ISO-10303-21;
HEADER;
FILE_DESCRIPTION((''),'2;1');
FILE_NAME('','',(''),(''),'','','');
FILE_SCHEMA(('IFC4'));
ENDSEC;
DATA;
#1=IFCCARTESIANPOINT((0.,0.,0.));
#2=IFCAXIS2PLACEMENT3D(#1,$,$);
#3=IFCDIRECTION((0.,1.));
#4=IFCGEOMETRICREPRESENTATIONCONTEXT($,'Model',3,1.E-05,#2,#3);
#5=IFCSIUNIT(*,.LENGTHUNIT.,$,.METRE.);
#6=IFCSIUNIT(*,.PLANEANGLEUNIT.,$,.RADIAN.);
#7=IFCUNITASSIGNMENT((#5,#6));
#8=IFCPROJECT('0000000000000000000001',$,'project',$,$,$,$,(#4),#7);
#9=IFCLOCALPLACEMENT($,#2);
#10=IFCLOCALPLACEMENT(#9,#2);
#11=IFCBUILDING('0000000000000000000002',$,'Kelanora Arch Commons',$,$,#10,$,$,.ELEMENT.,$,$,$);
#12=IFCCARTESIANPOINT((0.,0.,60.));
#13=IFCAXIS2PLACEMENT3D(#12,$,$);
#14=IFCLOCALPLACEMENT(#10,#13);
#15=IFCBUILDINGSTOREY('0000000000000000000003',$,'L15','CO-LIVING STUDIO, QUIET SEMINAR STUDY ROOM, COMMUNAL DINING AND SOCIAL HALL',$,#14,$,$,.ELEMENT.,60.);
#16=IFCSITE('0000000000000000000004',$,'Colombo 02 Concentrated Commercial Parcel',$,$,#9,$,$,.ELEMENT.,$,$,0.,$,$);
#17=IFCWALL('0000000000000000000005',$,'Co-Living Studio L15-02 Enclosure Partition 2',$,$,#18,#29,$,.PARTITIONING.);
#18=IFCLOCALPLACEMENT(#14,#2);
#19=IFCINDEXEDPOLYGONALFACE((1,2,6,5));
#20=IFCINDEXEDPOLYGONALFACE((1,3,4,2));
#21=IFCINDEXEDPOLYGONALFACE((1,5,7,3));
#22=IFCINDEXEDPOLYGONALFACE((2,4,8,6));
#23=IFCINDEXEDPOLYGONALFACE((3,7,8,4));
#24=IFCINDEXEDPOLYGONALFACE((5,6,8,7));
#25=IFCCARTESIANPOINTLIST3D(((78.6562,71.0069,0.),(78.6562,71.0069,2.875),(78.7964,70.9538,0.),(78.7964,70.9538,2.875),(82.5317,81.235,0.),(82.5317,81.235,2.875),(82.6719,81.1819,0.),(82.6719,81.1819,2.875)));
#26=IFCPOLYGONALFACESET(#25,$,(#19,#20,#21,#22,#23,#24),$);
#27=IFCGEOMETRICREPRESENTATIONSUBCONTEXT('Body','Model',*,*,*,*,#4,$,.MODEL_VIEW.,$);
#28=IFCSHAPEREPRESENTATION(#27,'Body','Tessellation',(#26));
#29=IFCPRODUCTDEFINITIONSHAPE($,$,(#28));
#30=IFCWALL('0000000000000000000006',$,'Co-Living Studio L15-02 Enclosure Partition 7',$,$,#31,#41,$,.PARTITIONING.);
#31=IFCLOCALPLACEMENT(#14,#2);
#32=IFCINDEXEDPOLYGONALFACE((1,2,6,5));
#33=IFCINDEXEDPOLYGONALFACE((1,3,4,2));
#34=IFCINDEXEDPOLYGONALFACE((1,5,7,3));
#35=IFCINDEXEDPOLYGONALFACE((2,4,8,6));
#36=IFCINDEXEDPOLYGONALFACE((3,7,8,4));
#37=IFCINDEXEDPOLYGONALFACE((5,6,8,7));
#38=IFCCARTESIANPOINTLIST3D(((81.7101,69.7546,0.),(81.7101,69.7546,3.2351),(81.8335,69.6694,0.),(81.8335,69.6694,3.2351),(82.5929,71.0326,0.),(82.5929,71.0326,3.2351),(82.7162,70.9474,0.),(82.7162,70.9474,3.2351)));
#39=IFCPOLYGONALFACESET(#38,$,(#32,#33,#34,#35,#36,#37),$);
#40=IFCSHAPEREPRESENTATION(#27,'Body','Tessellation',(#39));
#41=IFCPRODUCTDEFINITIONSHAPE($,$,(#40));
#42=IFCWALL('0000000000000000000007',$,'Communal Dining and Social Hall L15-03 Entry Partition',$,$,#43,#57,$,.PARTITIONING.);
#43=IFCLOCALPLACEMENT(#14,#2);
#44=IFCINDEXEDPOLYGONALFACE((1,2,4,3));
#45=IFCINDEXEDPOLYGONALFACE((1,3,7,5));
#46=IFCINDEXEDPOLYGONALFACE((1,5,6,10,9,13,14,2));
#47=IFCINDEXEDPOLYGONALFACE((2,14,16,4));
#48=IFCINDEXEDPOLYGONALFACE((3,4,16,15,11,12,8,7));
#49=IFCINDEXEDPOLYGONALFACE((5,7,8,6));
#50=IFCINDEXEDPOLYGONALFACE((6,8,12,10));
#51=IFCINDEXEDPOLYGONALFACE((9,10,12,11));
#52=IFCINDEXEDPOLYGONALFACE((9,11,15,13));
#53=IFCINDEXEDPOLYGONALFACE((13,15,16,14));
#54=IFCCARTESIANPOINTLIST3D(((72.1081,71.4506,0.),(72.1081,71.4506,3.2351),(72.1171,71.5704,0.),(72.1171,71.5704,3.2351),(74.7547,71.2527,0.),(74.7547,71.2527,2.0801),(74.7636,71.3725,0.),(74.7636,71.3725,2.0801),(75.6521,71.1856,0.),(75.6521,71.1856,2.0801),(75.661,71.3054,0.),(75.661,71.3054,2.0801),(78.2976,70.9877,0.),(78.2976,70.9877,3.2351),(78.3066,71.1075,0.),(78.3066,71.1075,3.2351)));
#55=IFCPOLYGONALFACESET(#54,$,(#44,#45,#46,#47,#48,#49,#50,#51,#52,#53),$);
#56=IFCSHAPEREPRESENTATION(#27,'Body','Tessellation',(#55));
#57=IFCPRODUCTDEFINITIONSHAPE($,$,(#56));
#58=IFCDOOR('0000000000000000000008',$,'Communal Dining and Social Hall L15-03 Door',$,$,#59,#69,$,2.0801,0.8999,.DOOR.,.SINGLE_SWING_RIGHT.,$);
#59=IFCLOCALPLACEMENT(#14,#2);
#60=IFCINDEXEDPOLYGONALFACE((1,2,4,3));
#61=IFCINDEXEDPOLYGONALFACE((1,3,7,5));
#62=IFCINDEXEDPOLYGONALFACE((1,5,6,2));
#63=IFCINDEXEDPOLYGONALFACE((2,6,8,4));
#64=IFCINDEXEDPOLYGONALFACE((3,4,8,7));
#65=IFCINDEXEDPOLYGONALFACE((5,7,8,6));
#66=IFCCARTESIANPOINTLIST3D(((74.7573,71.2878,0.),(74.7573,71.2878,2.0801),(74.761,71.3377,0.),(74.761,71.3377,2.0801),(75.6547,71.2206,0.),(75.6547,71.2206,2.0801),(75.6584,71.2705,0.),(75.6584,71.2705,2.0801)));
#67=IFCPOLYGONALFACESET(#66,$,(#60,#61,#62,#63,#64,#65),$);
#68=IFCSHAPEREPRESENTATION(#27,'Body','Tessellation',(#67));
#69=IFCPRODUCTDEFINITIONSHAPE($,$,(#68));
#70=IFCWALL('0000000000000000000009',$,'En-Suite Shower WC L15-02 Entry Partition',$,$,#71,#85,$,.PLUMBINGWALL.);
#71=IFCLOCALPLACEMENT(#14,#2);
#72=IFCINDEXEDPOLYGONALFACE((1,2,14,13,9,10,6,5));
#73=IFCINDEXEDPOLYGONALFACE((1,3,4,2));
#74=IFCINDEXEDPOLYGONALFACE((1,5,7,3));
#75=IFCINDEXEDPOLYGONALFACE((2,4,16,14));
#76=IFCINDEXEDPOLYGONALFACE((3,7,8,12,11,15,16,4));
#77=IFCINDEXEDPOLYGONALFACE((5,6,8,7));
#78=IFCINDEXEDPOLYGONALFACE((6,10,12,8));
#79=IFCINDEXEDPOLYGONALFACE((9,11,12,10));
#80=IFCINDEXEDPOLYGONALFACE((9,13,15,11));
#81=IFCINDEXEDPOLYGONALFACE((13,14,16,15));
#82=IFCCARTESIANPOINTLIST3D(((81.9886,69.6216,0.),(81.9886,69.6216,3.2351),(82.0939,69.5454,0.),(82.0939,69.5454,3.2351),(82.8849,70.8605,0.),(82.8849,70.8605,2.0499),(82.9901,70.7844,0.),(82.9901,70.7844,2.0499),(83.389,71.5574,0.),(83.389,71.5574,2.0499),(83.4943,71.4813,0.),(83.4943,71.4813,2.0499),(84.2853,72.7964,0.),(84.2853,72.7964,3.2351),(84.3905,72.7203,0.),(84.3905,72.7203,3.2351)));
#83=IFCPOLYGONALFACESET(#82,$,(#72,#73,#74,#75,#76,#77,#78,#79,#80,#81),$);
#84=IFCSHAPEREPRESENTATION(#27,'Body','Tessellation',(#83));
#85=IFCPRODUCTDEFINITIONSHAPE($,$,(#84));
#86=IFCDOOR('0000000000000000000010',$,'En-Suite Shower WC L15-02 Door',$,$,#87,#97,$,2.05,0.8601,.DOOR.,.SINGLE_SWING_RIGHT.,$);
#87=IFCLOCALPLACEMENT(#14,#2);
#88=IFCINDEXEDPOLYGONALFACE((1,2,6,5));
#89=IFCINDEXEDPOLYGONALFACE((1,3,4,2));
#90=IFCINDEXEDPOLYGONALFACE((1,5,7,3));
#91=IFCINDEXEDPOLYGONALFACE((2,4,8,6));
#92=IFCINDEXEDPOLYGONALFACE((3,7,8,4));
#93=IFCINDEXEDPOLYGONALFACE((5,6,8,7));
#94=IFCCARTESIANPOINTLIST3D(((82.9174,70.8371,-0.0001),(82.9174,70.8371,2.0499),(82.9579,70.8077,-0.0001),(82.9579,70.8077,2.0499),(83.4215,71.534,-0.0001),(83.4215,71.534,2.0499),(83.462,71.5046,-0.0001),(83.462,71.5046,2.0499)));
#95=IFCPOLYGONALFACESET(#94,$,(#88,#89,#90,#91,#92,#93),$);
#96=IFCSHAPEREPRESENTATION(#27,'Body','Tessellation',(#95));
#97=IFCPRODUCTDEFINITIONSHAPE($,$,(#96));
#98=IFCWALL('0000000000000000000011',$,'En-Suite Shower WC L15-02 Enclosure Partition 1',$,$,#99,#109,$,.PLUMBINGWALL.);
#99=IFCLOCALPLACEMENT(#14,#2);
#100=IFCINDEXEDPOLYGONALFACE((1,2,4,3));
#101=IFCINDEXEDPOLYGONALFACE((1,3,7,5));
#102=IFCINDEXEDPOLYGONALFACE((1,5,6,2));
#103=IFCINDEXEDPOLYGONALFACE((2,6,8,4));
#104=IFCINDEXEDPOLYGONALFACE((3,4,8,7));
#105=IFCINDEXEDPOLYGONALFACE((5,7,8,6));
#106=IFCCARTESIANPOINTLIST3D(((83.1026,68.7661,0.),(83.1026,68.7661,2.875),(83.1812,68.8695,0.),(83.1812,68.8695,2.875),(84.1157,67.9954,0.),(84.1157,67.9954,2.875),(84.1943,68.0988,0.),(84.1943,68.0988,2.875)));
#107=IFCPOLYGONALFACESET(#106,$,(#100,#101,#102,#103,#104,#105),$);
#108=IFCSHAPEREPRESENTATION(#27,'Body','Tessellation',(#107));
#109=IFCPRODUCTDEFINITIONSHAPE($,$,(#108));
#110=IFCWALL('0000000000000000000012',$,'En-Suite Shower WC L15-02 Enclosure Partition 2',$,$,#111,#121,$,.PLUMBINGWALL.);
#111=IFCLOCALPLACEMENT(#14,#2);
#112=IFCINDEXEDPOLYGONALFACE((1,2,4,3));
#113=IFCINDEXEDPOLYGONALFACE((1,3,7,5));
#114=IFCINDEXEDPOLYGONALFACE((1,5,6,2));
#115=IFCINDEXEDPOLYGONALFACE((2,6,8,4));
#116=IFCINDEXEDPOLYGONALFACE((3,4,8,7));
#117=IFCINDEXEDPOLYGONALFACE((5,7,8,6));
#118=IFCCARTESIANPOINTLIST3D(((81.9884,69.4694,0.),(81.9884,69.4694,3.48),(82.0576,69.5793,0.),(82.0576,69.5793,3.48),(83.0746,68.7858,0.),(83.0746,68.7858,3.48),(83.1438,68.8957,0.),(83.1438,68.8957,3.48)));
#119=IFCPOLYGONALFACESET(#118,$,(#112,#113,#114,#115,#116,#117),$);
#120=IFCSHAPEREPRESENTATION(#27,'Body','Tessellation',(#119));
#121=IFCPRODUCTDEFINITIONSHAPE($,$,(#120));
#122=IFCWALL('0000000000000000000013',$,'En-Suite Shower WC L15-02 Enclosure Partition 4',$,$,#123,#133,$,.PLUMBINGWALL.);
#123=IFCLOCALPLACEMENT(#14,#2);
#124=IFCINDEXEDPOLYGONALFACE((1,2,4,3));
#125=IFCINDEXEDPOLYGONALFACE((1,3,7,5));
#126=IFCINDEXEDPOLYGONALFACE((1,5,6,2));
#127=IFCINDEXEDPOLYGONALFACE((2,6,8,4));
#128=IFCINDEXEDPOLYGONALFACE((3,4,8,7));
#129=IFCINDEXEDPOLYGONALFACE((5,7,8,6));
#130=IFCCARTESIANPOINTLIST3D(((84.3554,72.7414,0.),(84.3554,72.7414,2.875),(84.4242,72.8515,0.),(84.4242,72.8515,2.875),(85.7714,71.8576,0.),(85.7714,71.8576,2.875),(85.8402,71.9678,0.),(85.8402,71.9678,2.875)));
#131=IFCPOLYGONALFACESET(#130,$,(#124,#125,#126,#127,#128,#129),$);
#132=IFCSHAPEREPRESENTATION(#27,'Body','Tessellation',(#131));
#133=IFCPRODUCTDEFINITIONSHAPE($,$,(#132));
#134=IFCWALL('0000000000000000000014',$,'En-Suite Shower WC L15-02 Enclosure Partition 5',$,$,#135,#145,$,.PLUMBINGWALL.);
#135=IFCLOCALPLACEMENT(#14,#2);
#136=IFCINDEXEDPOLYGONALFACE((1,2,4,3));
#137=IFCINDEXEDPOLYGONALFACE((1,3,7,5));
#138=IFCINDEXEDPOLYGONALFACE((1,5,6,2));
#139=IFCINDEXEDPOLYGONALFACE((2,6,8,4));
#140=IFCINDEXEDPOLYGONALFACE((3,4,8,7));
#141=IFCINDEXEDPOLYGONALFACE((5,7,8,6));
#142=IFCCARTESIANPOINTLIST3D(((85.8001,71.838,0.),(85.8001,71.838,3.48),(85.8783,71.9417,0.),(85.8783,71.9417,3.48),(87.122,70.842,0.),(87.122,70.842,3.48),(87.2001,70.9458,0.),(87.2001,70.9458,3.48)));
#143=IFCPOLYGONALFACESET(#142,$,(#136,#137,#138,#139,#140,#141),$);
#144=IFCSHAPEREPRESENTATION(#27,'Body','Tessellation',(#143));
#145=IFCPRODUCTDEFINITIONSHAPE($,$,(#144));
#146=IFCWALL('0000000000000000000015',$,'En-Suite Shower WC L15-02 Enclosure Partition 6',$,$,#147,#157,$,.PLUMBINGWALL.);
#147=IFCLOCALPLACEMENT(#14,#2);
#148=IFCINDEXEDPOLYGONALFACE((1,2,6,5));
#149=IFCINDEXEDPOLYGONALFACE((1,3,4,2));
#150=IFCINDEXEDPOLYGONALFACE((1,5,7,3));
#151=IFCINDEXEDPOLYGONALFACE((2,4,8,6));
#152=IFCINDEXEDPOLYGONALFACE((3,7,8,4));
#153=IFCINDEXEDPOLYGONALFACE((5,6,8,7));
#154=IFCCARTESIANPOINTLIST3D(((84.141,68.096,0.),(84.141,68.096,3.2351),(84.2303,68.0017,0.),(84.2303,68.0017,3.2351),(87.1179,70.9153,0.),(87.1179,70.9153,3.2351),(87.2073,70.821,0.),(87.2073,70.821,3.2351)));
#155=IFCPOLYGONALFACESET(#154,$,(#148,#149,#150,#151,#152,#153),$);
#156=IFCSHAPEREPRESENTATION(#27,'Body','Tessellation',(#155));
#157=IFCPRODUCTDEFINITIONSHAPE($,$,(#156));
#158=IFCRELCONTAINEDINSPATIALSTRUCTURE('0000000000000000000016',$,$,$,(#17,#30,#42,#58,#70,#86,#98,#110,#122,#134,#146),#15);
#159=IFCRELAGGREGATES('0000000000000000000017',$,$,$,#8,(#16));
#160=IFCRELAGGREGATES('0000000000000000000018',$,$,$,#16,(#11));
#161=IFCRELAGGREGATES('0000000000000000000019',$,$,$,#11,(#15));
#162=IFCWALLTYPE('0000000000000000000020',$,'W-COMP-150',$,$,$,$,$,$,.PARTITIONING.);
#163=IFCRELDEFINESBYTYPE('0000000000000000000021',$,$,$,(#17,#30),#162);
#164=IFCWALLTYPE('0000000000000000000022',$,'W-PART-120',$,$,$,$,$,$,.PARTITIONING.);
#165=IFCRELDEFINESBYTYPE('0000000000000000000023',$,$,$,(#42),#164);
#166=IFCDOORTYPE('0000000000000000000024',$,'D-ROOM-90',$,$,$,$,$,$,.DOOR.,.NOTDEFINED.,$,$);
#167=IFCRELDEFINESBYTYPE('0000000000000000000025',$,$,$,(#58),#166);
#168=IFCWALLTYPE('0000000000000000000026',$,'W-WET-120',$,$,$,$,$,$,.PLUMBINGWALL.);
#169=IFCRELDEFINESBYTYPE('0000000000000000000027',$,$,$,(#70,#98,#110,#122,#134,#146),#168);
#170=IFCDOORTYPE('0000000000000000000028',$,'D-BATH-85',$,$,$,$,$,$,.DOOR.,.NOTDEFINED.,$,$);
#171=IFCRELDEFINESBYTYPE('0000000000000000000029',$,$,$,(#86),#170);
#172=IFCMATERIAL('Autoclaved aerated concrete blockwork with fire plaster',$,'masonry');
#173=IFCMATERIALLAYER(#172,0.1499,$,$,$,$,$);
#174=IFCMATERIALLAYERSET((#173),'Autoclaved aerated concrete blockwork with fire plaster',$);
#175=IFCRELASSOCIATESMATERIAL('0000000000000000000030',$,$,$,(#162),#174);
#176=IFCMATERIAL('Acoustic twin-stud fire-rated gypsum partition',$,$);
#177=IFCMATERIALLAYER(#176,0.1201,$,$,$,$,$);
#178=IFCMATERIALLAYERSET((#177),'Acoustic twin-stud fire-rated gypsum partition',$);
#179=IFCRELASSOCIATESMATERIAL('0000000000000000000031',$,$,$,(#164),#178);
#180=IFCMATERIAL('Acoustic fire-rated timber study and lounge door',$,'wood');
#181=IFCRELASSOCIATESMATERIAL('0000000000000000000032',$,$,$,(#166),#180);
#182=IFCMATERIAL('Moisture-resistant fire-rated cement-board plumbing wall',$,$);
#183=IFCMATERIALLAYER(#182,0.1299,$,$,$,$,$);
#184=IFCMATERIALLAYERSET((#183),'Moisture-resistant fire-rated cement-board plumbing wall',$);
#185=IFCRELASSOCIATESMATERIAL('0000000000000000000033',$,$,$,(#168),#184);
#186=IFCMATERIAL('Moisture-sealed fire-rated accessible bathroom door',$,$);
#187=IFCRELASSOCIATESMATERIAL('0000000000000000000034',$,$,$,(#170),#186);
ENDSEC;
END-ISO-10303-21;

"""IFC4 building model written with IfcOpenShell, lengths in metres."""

from ifc_helpers import new_model, si_unit, direction, frame, frame_2d, origin, place, context, subcontext, project, spatial, rectangle, extrude, material, layer, layer_set, type_object, element, fill, save


model = new_model("IFC4")

# Units and contexts
model_context = context("Model", 3, precision=1e-05, world=origin(), true_north=direction((0.0, 1.0)))
body_context = subcontext(model_context, "Body", "Model", "MODEL_VIEW")
ifc_project = project(units=[si_unit("LENGTHUNIT", "METRE"), si_unit("PLANEANGLEUNIT", "RADIAN")], contexts=[model_context])

# Site, building, storey
site_placement = place(None, origin())
site = spatial("IfcSite", under=ifc_project, at=site_placement, Name="Colombo 02 Concentrated Commercial Parcel", CompositionType="ELEMENT", RefElevation=0.0)
building_placement = place(site_placement, origin())
building = spatial("IfcBuilding", under=site, at=building_placement, Name="Kelanora Arch Commons", CompositionType="ELEMENT")
storey_placement = place(building_placement, frame((0.0, 0.0, 60.0)))
storey = spatial("IfcBuildingStorey", under=building, at=storey_placement, Name="L15", Description="CO-LIVING STUDIO, QUIET SEMINAR STUDY ROOM, COMMUNAL DINING AND SOCIAL HALL", CompositionType="ELEMENT", Elevation=60.0)

# Shared definitions
ifc_material_1 = material(Name="Autoclaved aerated concrete blockwork with fire plaster", Category="masonry")
ifc_layer_1 = layer(ifc_material_1, 0.1499)
ifc_layer_set_1 = layer_set([ifc_layer_1], Name="Autoclaved aerated concrete blockwork with fire plaster")
wall_type_1 = type_object("IfcWallType", Name="W-COMP-150", PredefinedType="PARTITIONING", material=ifc_layer_set_1)

# Walls
wall_1_placement = place(storey_placement, frame((78.7263, 70.9805, 0.0), z_axis=(0.0, 0.0, 1.0), x_axis=(0.354326, 0.935122, 0.0)))
element("IfcWall", 1, at=wall_1_placement, inside=storey, type_object=wall_type_1, Name="Co-Living Studio L15-02 Enclosure Partition 2", PredefinedType="PARTITIONING", context=body_context, shape_type="SweptSolid", body=[
    extrude(rectangle(XDim=10.9377, YDim=0.1499, at=frame_2d((5.4688, 0.0))), origin(), (0.0, 0.0, 1.0), 2.875),
])
wall_2_placement = place(storey_placement, frame((82.6545, 70.99, 0.0), z_axis=(0.0, 0.0, 1.0), x_axis=(-0.568335, -0.822797, 0.0)))
element("IfcWall", 2, at=wall_2_placement, inside=storey, type_object=wall_type_1, Name="Co-Living Studio L15-02 Enclosure Partition 7", PredefinedType="PARTITIONING", context=body_context, shape_type="SweptSolid", body=[
    extrude(rectangle(XDim=1.5532, YDim=0.1499, at=frame_2d((0.7766, 0.0))), origin(), (0.0, 0.0, 1.0), 3.2351),
])

# Walls, openings, doors
ifc_material_2 = material(Name="Acoustic twin-stud fire-rated gypsum partition")
ifc_layer_2 = layer(ifc_material_2, 0.1201)
ifc_layer_set_2 = layer_set([ifc_layer_2], Name="Acoustic twin-stud fire-rated gypsum partition")
wall_type_2 = type_object("IfcWallType", Name="W-PART-120", PredefinedType="PARTITIONING", material=ifc_layer_set_2)
wall_3_placement = place(storey_placement, frame((78.3022, 71.0476, 0.0), z_axis=(0.0, 0.0, 1.0), x_axis=(-0.997215, 0.074579, 0.0)))
wall_3 = element("IfcWall", 3, at=wall_3_placement, inside=storey, type_object=wall_type_2, Name="Communal Dining and Social Hall L15-03 Entry Partition", PredefinedType="PARTITIONING", context=body_context, shape_type="SweptSolid", body=[
    extrude(rectangle(XDim=6.2068, YDim=0.1201, at=frame_2d((3.1035, 0.0))), origin(), (0.0, 0.0, 1.0), 3.2351),
])
opening_1_placement = place(wall_3_placement, frame((2.6531, 0.0, 0.0)))
opening_1 = element("IfcOpeningElement", 4, at=opening_1_placement, cuts=wall_3, PredefinedType="OPENING", context=body_context, shape_type="SweptSolid", body=[
    extrude(rectangle(XDim=0.8999, YDim=2.0801, at=frame_2d((0.45, 1.04))), frame((0.0, 0.0701, 0.0), z_axis=(0.0, -1.0, 0.0), x_axis=(1.0, 0.0, 0.0)), (0.0, 0.0, 1.0), 0.1401),
])
ifc_material_3 = material(Name="Acoustic fire-rated timber study and lounge door", Category="wood")
door_type_1 = type_object("IfcDoorType", Name="D-ROOM-90", OperationType="NOTDEFINED", PredefinedType="DOOR", material=ifc_material_3)
door_1_placement = place(opening_1_placement, origin())
door_1 = element("IfcDoor", 5, at=door_1_placement, inside=storey, type_object=door_type_1, Name="Communal Dining and Social Hall L15-03 Door", OperationType="SINGLE_SWING_RIGHT", OverallHeight=2.0801, OverallWidth=0.8999, PredefinedType="DOOR", context=body_context, shape_type="SweptSolid", body=[
    extrude(rectangle(XDim=0.8999, YDim=2.0801, at=frame_2d((0.45, 1.04))), frame((0.0, 0.0249, 0.0), z_axis=(0.0, -1.0, 0.0), x_axis=(1.0, 0.0, 0.0)), (0.0, 0.0, 1.0), 0.05),
])
fill(opening_1, door_1)
ifc_material_4 = material(Name="Moisture-resistant fire-rated cement-board plumbing wall")
ifc_layer_3 = layer(ifc_material_4, 0.1299)
ifc_layer_set_3 = layer_set([ifc_layer_3], Name="Moisture-resistant fire-rated cement-board plumbing wall")
wall_type_3 = type_object("IfcWallType", Name="W-WET-120", PredefinedType="PLUMBINGWALL", material=ifc_layer_set_3)
wall_4_placement = place(storey_placement, frame((82.0413, 69.5835, 0.0), z_axis=(0.0, 0.0, 1.0), x_axis=(0.586114, 0.810229, 0.0)))
wall_4 = element("IfcWall", 6, at=wall_4_placement, inside=storey, type_object=wall_type_3, Name="En-Suite Shower WC L15-02 Entry Partition", PredefinedType="PLUMBINGWALL", context=body_context, shape_type="SweptSolid", body=[
    extrude(rectangle(XDim=3.9185, YDim=0.1299, at=frame_2d((1.9592, 0.0))), origin(), (0.0, 0.0, 1.0), 3.2351),
])
opening_2_placement = place(wall_4_placement, frame((1.5291, 0.0, 0.0)))
opening_2 = element("IfcOpeningElement", 7, at=opening_2_placement, cuts=wall_4, PredefinedType="OPENING", context=body_context, shape_type="SweptSolid", body=[
    extrude(rectangle(XDim=0.8601, YDim=2.05, at=frame_2d((0.4302, 1.0249))), frame((0.0, 0.075, 0.0), z_axis=(0.0, -1.0, 0.0), x_axis=(1.0, 0.0, 0.0)), (0.0, 0.0, 1.0), 0.1499),
])
ifc_material_5 = material(Name="Moisture-sealed fire-rated accessible bathroom door")
door_type_2 = type_object("IfcDoorType", Name="D-BATH-85", OperationType="NOTDEFINED", PredefinedType="DOOR", material=ifc_material_5)
door_2_placement = place(opening_2_placement, origin())
door_2 = element("IfcDoor", 8, at=door_2_placement, inside=storey, type_object=door_type_2, Name="En-Suite Shower WC L15-02 Door", OperationType="SINGLE_SWING_RIGHT", OverallHeight=2.05, OverallWidth=0.8601, PredefinedType="DOOR", context=body_context, shape_type="SweptSolid", body=[
    extrude(rectangle(XDim=0.8601, YDim=2.05, at=frame_2d((0.4302, 1.0249))), frame((0.0, 0.0249, 0.0), z_axis=(0.0, -1.0, 0.0), x_axis=(1.0, 0.0, 0.0)), (0.0, 0.0, 1.0), 0.05),
])
fill(opening_2, door_2)

# Walls
wall_5_placement = place(storey_placement, frame((84.155, 68.0471, 0.0), z_axis=(0.0, 0.0, 1.0), x_axis=(-0.795885, 0.605448, 0.0)))
element("IfcWall", 9, at=wall_5_placement, inside=storey, type_object=wall_type_3, Name="En-Suite Shower WC L15-02 Enclosure Partition 1", PredefinedType="PLUMBINGWALL", context=body_context, shape_type="SweptSolid", body=[
    extrude(rectangle(XDim=1.2729, YDim=0.1299, at=frame_2d((0.6365, 0.0))), origin(), (0.0, 0.0, 1.0), 2.875),
])
wall_6_placement = place(storey_placement, frame((83.1091, 68.8408, 0.0), z_axis=(0.0, 0.0, 1.0), x_axis=(-0.846338, 0.532647, 0.0)))
element("IfcWall", 10, at=wall_6_placement, inside=storey, type_object=wall_type_3, Name="En-Suite Shower WC L15-02 Enclosure Partition 2", PredefinedType="PLUMBINGWALL", context=body_context, shape_type="SweptSolid", body=[
    extrude(rectangle(XDim=1.2834, YDim=0.1299, at=frame_2d((0.6416, 0.0))), origin(), (0.0, 0.0, 1.0), 3.48),
])
wall_7_placement = place(storey_placement, frame((84.3899, 72.7964, 0.0), z_axis=(0.0, 0.0, 1.0), x_axis=(0.848327, -0.529473, 0.0)))
element("IfcWall", 11, at=wall_7_placement, inside=storey, type_object=wall_type_3, Name="En-Suite Shower WC L15-02 Enclosure Partition 4", PredefinedType="PLUMBINGWALL", context=body_context, shape_type="SweptSolid", body=[
    extrude(rectangle(XDim=1.6692, YDim=0.1299, at=frame_2d((0.8345, 0.0))), origin(), (0.0, 0.0, 1.0), 2.875),
])
wall_8_placement = place(storey_placement, frame((85.8391, 71.8899, 0.0), z_axis=(0.0, 0.0, 1.0), x_axis=(0.798688, -0.601745, 0.0)))
element("IfcWall", 12, at=wall_8_placement, inside=storey, type_object=wall_type_3, Name="En-Suite Shower WC L15-02 Enclosure Partition 5", PredefinedType="PLUMBINGWALL", context=body_context, shape_type="SweptSolid", body=[
    extrude(rectangle(XDim=1.655, YDim=0.1299, at=frame_2d((0.8276, 0.0))), origin(), (0.0, 0.0, 1.0), 3.48),
])
wall_9_placement = place(storey_placement, frame((87.1626, 70.8682, 0.0), z_axis=(0.0, 0.0, 1.0), x_axis=(-0.726078, -0.687613, 0.0)))
element("IfcWall", 13, at=wall_9_placement, inside=storey, type_object=wall_type_3, Name="En-Suite Shower WC L15-02 Enclosure Partition 6", PredefinedType="PLUMBINGWALL", context=body_context, shape_type="SweptSolid", body=[
    extrude(rectangle(XDim=4.1001, YDim=0.1299, at=frame_2d((2.05, 0.0))), origin(), (0.0, 0.0, 1.0), 3.2351),
])

save(model, "model.ifc")
